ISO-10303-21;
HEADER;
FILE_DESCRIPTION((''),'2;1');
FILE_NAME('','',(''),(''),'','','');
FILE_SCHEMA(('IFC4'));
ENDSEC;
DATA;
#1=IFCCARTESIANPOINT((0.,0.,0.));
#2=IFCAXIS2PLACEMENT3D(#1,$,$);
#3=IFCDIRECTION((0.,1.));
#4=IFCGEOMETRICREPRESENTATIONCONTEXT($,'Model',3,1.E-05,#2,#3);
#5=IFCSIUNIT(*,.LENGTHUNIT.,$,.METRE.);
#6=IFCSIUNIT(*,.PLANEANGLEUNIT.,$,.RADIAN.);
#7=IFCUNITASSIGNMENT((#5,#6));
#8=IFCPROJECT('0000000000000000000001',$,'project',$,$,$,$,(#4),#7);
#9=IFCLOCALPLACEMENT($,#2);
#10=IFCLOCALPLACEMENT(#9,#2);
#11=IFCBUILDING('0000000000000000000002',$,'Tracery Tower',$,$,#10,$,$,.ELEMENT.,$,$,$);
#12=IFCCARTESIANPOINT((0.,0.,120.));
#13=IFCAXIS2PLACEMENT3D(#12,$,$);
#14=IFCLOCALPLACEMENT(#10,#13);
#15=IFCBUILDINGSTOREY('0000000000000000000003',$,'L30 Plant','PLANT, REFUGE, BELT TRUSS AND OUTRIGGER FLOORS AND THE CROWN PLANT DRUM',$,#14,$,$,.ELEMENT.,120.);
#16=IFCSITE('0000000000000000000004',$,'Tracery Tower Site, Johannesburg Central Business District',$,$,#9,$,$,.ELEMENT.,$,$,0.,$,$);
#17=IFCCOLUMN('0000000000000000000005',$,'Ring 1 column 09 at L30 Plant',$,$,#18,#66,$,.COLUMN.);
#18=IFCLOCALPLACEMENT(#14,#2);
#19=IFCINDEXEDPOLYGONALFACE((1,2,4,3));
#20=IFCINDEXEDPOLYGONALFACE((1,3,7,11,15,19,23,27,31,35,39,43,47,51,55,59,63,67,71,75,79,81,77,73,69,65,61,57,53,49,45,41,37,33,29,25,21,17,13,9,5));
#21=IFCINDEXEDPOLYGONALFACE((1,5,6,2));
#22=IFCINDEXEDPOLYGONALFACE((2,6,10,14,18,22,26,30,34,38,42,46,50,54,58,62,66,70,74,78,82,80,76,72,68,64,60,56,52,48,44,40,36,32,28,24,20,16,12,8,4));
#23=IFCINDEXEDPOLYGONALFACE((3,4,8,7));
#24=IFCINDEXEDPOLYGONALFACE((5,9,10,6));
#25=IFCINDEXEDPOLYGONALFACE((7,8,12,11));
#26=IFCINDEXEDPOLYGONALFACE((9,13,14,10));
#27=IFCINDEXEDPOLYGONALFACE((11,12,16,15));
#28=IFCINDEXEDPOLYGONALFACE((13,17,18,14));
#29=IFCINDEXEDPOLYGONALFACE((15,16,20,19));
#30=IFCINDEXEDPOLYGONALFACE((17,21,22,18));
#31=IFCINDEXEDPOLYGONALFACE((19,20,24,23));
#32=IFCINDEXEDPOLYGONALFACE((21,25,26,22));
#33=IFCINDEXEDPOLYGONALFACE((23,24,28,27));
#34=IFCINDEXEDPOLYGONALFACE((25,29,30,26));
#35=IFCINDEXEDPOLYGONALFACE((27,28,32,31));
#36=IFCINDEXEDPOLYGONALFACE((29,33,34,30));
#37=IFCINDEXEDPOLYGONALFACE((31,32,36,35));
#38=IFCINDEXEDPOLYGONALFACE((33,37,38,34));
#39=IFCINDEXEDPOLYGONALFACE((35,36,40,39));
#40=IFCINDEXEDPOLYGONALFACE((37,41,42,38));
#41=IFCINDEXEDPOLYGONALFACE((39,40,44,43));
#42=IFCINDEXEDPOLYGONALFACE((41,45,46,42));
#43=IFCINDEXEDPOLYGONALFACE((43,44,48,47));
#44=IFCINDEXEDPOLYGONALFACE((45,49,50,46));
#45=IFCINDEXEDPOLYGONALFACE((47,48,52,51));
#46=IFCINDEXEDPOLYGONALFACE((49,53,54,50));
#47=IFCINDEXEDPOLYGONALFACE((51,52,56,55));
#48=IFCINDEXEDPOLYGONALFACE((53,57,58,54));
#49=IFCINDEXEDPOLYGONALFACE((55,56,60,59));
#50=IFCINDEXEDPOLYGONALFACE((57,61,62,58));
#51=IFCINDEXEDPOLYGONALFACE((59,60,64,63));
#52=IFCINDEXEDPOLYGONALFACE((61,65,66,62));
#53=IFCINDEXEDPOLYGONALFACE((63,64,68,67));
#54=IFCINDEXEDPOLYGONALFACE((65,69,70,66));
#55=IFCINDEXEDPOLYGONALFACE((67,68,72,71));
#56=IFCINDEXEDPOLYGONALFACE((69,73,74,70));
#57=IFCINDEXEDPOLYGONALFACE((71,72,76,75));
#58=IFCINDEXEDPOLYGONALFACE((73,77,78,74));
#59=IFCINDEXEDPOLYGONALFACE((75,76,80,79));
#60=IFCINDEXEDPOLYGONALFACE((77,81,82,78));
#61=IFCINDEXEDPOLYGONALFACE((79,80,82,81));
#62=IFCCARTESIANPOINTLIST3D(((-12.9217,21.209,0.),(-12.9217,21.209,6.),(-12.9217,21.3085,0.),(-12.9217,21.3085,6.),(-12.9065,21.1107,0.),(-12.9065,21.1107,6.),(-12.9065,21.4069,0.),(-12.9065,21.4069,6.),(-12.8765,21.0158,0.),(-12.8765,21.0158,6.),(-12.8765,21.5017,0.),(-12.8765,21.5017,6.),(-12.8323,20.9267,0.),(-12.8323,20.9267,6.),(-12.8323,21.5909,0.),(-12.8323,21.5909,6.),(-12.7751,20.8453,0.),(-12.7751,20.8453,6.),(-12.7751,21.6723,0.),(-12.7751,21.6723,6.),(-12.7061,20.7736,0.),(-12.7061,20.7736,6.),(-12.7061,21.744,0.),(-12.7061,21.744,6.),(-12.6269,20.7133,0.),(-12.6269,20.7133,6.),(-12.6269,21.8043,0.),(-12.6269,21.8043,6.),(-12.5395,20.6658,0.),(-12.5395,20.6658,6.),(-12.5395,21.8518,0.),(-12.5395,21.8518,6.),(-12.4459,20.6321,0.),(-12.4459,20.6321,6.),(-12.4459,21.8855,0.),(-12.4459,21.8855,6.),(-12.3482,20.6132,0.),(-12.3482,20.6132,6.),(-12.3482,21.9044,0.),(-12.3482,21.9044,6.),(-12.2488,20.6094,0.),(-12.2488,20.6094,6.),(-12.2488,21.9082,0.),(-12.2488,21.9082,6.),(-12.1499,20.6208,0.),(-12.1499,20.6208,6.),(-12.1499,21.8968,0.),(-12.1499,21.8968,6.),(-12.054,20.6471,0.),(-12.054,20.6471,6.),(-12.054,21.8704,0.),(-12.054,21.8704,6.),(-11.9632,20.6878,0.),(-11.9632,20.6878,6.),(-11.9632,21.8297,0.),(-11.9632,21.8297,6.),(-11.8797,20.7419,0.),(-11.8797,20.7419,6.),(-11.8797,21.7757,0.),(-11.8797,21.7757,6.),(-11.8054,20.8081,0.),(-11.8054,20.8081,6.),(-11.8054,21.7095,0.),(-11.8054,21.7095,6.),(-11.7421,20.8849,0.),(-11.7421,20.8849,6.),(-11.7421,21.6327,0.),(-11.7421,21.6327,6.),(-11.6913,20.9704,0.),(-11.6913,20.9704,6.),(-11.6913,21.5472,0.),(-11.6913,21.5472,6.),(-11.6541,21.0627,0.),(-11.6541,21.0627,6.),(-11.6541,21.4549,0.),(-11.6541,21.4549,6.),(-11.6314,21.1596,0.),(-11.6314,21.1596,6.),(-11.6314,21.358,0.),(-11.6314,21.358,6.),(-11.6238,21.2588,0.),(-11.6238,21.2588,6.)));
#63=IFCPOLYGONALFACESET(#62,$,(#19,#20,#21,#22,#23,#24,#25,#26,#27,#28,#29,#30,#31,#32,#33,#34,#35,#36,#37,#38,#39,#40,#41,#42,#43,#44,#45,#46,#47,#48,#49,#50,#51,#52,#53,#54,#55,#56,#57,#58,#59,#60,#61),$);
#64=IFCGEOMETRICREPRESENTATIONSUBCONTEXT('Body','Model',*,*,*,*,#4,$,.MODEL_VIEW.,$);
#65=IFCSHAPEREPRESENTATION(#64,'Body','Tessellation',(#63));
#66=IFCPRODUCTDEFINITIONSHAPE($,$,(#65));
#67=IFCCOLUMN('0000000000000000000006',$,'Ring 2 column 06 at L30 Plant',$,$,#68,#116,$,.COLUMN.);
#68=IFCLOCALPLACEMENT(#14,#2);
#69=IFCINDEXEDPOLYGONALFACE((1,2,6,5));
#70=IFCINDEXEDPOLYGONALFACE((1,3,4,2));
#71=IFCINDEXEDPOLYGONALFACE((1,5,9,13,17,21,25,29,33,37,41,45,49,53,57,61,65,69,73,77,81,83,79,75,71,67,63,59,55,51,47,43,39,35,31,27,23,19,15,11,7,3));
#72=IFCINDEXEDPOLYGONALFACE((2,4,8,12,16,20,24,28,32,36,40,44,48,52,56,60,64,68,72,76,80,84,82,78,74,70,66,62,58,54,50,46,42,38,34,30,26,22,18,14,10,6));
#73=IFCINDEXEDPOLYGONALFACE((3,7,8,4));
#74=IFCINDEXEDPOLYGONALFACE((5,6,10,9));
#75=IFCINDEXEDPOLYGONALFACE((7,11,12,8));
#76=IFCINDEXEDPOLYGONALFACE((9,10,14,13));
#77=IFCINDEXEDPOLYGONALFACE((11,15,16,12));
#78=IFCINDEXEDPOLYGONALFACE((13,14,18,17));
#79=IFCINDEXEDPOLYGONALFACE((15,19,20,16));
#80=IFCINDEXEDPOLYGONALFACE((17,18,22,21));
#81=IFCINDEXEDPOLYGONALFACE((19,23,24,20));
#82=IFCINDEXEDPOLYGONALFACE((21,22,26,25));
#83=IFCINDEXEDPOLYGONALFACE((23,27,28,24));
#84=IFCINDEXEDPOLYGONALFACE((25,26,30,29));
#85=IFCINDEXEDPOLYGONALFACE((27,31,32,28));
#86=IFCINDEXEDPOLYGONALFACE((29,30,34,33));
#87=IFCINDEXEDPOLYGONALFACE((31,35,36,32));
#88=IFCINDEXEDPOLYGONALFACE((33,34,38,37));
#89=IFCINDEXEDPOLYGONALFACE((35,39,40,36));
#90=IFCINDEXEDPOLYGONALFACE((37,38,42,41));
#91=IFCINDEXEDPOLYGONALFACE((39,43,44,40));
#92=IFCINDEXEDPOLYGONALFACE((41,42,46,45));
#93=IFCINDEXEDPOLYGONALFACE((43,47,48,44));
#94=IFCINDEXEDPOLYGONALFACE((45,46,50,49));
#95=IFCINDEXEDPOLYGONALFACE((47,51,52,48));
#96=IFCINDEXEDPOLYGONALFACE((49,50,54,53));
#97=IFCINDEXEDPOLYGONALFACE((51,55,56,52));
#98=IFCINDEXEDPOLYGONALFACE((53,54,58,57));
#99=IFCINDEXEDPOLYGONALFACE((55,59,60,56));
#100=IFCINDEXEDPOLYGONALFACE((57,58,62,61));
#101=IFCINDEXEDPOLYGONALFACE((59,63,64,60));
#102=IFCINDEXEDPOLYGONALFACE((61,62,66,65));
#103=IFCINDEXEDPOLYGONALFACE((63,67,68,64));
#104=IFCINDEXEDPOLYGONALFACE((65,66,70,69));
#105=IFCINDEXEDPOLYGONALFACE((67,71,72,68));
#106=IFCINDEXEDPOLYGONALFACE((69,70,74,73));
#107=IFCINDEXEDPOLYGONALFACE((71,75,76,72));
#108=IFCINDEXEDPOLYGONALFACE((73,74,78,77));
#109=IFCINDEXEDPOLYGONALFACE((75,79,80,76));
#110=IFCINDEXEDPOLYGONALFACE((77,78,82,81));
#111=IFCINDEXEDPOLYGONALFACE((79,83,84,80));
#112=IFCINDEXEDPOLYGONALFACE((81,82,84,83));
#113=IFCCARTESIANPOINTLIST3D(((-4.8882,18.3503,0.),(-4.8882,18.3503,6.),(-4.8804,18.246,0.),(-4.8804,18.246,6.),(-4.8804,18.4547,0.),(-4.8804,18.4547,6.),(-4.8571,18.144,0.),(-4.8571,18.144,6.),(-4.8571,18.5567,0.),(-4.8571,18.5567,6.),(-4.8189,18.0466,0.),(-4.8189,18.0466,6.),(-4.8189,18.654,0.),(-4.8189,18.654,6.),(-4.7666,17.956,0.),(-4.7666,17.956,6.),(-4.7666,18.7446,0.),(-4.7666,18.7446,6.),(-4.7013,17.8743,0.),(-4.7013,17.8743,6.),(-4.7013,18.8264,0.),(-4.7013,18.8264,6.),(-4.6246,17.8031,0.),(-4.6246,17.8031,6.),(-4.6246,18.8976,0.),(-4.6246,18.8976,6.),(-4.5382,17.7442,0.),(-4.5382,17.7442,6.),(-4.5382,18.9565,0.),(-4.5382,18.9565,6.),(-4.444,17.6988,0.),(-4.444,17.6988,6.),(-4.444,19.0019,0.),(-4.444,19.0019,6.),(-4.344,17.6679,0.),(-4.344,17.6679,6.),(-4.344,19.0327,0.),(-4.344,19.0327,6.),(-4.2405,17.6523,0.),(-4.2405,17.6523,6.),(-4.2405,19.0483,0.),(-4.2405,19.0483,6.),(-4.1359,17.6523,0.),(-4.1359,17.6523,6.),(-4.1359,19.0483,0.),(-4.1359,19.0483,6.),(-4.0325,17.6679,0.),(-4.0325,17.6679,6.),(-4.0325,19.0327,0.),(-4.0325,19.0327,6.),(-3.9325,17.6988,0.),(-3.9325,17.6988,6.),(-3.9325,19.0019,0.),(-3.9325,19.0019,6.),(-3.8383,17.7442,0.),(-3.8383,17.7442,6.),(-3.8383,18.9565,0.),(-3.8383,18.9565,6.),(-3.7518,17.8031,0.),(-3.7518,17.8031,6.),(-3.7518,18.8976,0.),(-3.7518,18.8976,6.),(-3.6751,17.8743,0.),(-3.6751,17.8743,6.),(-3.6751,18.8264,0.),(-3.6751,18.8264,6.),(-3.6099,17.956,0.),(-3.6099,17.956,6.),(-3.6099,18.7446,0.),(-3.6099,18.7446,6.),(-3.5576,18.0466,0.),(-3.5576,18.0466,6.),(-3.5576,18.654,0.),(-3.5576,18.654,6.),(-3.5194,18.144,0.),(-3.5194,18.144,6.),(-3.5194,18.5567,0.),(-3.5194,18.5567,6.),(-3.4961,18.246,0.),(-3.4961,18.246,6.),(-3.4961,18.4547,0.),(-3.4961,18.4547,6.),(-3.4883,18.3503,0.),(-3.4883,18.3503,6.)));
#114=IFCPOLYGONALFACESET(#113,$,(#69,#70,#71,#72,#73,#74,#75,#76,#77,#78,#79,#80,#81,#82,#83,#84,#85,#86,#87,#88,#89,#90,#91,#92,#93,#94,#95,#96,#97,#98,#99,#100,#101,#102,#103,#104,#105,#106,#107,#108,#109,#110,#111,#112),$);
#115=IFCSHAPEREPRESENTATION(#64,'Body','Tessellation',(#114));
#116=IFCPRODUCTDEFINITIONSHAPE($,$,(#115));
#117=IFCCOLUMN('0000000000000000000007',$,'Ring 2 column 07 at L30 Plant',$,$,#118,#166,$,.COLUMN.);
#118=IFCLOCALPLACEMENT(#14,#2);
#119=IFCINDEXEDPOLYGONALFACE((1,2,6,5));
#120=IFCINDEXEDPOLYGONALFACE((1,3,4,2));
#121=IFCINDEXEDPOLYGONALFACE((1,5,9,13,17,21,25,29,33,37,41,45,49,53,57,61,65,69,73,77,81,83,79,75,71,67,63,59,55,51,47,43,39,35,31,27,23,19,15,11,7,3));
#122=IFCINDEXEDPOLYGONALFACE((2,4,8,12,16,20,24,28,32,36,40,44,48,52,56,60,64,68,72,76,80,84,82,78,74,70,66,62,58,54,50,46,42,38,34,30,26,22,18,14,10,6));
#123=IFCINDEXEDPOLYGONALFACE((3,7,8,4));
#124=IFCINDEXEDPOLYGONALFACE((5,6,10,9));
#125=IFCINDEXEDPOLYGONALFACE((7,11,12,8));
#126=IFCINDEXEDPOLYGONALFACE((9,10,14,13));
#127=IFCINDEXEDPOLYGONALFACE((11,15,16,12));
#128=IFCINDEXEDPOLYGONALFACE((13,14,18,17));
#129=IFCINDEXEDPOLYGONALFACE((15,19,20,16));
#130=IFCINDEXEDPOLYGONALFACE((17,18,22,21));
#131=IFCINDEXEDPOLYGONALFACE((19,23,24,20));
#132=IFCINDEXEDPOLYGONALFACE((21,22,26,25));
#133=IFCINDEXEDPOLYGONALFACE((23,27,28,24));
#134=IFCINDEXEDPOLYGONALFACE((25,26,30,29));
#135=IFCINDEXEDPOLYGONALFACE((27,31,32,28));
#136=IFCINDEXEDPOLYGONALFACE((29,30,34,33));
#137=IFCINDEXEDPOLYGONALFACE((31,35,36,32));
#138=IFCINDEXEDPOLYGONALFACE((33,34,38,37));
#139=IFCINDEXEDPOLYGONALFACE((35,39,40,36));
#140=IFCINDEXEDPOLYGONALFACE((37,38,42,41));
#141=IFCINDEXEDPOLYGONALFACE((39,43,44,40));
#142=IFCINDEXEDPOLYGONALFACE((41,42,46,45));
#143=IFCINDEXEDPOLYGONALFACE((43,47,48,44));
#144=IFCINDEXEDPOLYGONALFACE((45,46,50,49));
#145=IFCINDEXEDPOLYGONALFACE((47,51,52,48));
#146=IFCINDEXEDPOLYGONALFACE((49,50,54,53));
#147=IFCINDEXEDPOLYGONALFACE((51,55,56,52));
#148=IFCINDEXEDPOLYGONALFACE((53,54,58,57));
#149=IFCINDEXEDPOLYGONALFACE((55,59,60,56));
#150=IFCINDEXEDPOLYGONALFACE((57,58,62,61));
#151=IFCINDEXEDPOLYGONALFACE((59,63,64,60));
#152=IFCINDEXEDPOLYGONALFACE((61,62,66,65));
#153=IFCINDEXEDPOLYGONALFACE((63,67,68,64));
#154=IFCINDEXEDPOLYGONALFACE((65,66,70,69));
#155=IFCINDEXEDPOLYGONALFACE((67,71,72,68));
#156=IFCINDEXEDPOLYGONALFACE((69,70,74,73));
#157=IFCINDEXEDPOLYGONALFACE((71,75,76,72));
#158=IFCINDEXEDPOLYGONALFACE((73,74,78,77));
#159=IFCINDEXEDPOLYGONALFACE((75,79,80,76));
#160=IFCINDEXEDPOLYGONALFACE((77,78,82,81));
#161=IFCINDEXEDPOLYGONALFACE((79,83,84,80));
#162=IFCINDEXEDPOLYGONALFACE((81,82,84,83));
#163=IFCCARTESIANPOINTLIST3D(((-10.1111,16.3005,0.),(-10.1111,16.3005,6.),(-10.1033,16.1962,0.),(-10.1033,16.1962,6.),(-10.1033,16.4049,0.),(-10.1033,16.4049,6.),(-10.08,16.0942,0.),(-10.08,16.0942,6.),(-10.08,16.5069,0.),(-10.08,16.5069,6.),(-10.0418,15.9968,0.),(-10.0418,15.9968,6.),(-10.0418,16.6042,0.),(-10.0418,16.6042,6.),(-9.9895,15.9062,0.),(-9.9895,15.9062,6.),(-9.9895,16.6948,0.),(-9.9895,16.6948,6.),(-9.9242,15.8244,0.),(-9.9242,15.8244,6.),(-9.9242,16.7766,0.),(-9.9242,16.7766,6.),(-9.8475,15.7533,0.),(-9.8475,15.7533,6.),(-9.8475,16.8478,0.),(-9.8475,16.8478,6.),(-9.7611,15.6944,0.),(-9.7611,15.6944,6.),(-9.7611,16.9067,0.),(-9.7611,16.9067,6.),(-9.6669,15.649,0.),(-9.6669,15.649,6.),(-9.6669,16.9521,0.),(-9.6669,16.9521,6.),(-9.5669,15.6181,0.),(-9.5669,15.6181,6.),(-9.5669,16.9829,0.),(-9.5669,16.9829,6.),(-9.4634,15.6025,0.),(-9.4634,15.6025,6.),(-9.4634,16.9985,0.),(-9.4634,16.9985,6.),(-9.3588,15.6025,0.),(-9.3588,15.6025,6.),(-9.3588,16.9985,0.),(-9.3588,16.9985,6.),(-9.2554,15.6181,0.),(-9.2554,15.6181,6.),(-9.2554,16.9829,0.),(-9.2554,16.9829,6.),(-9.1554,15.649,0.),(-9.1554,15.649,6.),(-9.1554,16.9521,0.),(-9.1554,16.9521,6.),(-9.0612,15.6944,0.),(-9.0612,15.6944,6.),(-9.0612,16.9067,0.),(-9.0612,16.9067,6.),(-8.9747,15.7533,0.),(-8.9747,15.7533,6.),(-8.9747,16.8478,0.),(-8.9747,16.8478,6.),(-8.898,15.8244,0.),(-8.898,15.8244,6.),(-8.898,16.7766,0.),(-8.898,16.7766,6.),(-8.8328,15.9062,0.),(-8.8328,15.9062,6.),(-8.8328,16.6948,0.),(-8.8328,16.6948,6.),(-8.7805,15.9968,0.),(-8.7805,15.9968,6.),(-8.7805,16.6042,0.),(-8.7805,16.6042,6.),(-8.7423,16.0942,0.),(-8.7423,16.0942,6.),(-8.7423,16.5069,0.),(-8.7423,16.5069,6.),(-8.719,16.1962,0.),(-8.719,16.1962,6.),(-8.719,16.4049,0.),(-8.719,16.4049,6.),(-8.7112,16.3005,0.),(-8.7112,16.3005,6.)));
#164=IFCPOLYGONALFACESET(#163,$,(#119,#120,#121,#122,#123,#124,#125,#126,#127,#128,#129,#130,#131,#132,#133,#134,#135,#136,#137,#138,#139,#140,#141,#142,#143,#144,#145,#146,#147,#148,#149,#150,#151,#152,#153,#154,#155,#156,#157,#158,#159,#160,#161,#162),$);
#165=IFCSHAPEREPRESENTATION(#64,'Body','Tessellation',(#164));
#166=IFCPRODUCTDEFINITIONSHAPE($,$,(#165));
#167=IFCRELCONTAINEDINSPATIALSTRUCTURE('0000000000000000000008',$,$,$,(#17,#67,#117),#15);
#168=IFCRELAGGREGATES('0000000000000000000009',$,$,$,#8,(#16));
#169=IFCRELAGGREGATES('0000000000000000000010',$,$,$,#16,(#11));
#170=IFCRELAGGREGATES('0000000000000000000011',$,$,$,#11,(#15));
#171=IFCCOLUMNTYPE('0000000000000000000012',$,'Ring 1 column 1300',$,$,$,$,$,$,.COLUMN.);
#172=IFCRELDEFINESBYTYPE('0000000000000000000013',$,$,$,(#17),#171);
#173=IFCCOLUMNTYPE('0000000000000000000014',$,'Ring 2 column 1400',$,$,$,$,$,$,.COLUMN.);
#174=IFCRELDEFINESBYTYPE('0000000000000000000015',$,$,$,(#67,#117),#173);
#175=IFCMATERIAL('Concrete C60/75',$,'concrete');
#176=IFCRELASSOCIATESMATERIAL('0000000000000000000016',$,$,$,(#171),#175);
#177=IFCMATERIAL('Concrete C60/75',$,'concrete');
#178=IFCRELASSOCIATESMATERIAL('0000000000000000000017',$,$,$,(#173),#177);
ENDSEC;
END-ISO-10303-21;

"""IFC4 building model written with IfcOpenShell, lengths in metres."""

from ifc_helpers import new_model, si_unit, direction, frame, origin, origin_2d, place, context, subcontext, project, spatial, circle, extrude, material, material_profile, profile_set, type_object, element, save


model = new_model("IFC4")

# Units and contexts
model_context = context("Model", 3, precision=1e-05, world=origin(), true_north=direction((0.0, 1.0)))
body_context = subcontext(model_context, "Body", "Model", "MODEL_VIEW")
ifc_project = project(units=[si_unit("LENGTHUNIT", "METRE"), si_unit("PLANEANGLEUNIT", "RADIAN")], contexts=[model_context])

# Site, building, storey
site_placement = place(None, origin())
site = spatial("IfcSite", under=ifc_project, at=site_placement, Name="Tracery Tower Site, Johannesburg Central Business District", CompositionType="ELEMENT", RefElevation=0.0)
building_placement = place(site_placement, origin())
building = spatial("IfcBuilding", under=site, at=building_placement, Name="Tracery Tower", CompositionType="ELEMENT")
storey_placement = place(building_placement, frame((0.0, 0.0, 120.0)))
storey = spatial("IfcBuildingStorey", under=building, at=storey_placement, Name="L30 Plant", Description="PLANT, REFUGE, BELT TRUSS AND OUTRIGGER FLOORS AND THE CROWN PLANT DRUM", CompositionType="ELEMENT", Elevation=120.0)

# Columns
ifc_material_1 = material(Name="Concrete C60/75", Category="concrete")
ifc_material_profile_1 = material_profile(ifc_material_1, circle(Radius=0.6499, at=origin_2d()), Name="RC D1300")
ifc_profile_set_1 = profile_set([ifc_material_profile_1], Name="Concrete C60/75")
column_type_1 = type_object("IfcColumnType", Name="Ring 1 column 1300", PredefinedType="COLUMN", material=ifc_profile_set_1)
for number, where, z_axis, x_axis, name in (
    (1, (-12.2737, 21.2588, 0.0), (0.0, 0.0, 1.0), (1.0, 0.0, 0.0), "Ring 1 column 09 at L30 Plant"),
):
    element("IfcColumn", number, at=place(storey_placement, frame(where, z_axis=z_axis, x_axis=x_axis)), inside=storey, type_object=column_type_1, Name=name, PredefinedType="COLUMN", context=body_context, shape_type="SweptSolid", body=[
        extrude(circle(Radius=0.6499, at=origin_2d()), origin(), (0.0, 0.0, 1.0), 6.0),
    ])
ifc_material_2 = material(Name="Concrete C60/75", Category="concrete")
ifc_material_profile_2 = material_profile(ifc_material_2, circle(Radius=0.7, at=origin_2d()), Name="RC D1400")
ifc_profile_set_2 = profile_set([ifc_material_profile_2], Name="Concrete C60/75")
column_type_2 = type_object("IfcColumnType", Name="Ring 2 column 1400", PredefinedType="COLUMN", material=ifc_profile_set_2)
for number, where, z_axis, x_axis, name in (
    (2, (-4.1882, 18.3503, 0.0), (0.0, 0.0, 1.0), (1.0, 0.0, 0.0), "Ring 2 column 06 at L30 Plant"),
    (3, (-9.4111, 16.3005, 0.0), (0.0, 0.0, 1.0), (1.0, 0.0, 0.0), "Ring 2 column 07 at L30 Plant"),
):
    element("IfcColumn", number, at=place(storey_placement, frame(where, z_axis=z_axis, x_axis=x_axis)), inside=storey, type_object=column_type_2, Name=name, PredefinedType="COLUMN", context=body_context, shape_type="SweptSolid", body=[
        extrude(circle(Radius=0.7, at=origin_2d()), origin(), (0.0, 0.0, 1.0), 6.0),
    ])

save(model, "model.ifc")
